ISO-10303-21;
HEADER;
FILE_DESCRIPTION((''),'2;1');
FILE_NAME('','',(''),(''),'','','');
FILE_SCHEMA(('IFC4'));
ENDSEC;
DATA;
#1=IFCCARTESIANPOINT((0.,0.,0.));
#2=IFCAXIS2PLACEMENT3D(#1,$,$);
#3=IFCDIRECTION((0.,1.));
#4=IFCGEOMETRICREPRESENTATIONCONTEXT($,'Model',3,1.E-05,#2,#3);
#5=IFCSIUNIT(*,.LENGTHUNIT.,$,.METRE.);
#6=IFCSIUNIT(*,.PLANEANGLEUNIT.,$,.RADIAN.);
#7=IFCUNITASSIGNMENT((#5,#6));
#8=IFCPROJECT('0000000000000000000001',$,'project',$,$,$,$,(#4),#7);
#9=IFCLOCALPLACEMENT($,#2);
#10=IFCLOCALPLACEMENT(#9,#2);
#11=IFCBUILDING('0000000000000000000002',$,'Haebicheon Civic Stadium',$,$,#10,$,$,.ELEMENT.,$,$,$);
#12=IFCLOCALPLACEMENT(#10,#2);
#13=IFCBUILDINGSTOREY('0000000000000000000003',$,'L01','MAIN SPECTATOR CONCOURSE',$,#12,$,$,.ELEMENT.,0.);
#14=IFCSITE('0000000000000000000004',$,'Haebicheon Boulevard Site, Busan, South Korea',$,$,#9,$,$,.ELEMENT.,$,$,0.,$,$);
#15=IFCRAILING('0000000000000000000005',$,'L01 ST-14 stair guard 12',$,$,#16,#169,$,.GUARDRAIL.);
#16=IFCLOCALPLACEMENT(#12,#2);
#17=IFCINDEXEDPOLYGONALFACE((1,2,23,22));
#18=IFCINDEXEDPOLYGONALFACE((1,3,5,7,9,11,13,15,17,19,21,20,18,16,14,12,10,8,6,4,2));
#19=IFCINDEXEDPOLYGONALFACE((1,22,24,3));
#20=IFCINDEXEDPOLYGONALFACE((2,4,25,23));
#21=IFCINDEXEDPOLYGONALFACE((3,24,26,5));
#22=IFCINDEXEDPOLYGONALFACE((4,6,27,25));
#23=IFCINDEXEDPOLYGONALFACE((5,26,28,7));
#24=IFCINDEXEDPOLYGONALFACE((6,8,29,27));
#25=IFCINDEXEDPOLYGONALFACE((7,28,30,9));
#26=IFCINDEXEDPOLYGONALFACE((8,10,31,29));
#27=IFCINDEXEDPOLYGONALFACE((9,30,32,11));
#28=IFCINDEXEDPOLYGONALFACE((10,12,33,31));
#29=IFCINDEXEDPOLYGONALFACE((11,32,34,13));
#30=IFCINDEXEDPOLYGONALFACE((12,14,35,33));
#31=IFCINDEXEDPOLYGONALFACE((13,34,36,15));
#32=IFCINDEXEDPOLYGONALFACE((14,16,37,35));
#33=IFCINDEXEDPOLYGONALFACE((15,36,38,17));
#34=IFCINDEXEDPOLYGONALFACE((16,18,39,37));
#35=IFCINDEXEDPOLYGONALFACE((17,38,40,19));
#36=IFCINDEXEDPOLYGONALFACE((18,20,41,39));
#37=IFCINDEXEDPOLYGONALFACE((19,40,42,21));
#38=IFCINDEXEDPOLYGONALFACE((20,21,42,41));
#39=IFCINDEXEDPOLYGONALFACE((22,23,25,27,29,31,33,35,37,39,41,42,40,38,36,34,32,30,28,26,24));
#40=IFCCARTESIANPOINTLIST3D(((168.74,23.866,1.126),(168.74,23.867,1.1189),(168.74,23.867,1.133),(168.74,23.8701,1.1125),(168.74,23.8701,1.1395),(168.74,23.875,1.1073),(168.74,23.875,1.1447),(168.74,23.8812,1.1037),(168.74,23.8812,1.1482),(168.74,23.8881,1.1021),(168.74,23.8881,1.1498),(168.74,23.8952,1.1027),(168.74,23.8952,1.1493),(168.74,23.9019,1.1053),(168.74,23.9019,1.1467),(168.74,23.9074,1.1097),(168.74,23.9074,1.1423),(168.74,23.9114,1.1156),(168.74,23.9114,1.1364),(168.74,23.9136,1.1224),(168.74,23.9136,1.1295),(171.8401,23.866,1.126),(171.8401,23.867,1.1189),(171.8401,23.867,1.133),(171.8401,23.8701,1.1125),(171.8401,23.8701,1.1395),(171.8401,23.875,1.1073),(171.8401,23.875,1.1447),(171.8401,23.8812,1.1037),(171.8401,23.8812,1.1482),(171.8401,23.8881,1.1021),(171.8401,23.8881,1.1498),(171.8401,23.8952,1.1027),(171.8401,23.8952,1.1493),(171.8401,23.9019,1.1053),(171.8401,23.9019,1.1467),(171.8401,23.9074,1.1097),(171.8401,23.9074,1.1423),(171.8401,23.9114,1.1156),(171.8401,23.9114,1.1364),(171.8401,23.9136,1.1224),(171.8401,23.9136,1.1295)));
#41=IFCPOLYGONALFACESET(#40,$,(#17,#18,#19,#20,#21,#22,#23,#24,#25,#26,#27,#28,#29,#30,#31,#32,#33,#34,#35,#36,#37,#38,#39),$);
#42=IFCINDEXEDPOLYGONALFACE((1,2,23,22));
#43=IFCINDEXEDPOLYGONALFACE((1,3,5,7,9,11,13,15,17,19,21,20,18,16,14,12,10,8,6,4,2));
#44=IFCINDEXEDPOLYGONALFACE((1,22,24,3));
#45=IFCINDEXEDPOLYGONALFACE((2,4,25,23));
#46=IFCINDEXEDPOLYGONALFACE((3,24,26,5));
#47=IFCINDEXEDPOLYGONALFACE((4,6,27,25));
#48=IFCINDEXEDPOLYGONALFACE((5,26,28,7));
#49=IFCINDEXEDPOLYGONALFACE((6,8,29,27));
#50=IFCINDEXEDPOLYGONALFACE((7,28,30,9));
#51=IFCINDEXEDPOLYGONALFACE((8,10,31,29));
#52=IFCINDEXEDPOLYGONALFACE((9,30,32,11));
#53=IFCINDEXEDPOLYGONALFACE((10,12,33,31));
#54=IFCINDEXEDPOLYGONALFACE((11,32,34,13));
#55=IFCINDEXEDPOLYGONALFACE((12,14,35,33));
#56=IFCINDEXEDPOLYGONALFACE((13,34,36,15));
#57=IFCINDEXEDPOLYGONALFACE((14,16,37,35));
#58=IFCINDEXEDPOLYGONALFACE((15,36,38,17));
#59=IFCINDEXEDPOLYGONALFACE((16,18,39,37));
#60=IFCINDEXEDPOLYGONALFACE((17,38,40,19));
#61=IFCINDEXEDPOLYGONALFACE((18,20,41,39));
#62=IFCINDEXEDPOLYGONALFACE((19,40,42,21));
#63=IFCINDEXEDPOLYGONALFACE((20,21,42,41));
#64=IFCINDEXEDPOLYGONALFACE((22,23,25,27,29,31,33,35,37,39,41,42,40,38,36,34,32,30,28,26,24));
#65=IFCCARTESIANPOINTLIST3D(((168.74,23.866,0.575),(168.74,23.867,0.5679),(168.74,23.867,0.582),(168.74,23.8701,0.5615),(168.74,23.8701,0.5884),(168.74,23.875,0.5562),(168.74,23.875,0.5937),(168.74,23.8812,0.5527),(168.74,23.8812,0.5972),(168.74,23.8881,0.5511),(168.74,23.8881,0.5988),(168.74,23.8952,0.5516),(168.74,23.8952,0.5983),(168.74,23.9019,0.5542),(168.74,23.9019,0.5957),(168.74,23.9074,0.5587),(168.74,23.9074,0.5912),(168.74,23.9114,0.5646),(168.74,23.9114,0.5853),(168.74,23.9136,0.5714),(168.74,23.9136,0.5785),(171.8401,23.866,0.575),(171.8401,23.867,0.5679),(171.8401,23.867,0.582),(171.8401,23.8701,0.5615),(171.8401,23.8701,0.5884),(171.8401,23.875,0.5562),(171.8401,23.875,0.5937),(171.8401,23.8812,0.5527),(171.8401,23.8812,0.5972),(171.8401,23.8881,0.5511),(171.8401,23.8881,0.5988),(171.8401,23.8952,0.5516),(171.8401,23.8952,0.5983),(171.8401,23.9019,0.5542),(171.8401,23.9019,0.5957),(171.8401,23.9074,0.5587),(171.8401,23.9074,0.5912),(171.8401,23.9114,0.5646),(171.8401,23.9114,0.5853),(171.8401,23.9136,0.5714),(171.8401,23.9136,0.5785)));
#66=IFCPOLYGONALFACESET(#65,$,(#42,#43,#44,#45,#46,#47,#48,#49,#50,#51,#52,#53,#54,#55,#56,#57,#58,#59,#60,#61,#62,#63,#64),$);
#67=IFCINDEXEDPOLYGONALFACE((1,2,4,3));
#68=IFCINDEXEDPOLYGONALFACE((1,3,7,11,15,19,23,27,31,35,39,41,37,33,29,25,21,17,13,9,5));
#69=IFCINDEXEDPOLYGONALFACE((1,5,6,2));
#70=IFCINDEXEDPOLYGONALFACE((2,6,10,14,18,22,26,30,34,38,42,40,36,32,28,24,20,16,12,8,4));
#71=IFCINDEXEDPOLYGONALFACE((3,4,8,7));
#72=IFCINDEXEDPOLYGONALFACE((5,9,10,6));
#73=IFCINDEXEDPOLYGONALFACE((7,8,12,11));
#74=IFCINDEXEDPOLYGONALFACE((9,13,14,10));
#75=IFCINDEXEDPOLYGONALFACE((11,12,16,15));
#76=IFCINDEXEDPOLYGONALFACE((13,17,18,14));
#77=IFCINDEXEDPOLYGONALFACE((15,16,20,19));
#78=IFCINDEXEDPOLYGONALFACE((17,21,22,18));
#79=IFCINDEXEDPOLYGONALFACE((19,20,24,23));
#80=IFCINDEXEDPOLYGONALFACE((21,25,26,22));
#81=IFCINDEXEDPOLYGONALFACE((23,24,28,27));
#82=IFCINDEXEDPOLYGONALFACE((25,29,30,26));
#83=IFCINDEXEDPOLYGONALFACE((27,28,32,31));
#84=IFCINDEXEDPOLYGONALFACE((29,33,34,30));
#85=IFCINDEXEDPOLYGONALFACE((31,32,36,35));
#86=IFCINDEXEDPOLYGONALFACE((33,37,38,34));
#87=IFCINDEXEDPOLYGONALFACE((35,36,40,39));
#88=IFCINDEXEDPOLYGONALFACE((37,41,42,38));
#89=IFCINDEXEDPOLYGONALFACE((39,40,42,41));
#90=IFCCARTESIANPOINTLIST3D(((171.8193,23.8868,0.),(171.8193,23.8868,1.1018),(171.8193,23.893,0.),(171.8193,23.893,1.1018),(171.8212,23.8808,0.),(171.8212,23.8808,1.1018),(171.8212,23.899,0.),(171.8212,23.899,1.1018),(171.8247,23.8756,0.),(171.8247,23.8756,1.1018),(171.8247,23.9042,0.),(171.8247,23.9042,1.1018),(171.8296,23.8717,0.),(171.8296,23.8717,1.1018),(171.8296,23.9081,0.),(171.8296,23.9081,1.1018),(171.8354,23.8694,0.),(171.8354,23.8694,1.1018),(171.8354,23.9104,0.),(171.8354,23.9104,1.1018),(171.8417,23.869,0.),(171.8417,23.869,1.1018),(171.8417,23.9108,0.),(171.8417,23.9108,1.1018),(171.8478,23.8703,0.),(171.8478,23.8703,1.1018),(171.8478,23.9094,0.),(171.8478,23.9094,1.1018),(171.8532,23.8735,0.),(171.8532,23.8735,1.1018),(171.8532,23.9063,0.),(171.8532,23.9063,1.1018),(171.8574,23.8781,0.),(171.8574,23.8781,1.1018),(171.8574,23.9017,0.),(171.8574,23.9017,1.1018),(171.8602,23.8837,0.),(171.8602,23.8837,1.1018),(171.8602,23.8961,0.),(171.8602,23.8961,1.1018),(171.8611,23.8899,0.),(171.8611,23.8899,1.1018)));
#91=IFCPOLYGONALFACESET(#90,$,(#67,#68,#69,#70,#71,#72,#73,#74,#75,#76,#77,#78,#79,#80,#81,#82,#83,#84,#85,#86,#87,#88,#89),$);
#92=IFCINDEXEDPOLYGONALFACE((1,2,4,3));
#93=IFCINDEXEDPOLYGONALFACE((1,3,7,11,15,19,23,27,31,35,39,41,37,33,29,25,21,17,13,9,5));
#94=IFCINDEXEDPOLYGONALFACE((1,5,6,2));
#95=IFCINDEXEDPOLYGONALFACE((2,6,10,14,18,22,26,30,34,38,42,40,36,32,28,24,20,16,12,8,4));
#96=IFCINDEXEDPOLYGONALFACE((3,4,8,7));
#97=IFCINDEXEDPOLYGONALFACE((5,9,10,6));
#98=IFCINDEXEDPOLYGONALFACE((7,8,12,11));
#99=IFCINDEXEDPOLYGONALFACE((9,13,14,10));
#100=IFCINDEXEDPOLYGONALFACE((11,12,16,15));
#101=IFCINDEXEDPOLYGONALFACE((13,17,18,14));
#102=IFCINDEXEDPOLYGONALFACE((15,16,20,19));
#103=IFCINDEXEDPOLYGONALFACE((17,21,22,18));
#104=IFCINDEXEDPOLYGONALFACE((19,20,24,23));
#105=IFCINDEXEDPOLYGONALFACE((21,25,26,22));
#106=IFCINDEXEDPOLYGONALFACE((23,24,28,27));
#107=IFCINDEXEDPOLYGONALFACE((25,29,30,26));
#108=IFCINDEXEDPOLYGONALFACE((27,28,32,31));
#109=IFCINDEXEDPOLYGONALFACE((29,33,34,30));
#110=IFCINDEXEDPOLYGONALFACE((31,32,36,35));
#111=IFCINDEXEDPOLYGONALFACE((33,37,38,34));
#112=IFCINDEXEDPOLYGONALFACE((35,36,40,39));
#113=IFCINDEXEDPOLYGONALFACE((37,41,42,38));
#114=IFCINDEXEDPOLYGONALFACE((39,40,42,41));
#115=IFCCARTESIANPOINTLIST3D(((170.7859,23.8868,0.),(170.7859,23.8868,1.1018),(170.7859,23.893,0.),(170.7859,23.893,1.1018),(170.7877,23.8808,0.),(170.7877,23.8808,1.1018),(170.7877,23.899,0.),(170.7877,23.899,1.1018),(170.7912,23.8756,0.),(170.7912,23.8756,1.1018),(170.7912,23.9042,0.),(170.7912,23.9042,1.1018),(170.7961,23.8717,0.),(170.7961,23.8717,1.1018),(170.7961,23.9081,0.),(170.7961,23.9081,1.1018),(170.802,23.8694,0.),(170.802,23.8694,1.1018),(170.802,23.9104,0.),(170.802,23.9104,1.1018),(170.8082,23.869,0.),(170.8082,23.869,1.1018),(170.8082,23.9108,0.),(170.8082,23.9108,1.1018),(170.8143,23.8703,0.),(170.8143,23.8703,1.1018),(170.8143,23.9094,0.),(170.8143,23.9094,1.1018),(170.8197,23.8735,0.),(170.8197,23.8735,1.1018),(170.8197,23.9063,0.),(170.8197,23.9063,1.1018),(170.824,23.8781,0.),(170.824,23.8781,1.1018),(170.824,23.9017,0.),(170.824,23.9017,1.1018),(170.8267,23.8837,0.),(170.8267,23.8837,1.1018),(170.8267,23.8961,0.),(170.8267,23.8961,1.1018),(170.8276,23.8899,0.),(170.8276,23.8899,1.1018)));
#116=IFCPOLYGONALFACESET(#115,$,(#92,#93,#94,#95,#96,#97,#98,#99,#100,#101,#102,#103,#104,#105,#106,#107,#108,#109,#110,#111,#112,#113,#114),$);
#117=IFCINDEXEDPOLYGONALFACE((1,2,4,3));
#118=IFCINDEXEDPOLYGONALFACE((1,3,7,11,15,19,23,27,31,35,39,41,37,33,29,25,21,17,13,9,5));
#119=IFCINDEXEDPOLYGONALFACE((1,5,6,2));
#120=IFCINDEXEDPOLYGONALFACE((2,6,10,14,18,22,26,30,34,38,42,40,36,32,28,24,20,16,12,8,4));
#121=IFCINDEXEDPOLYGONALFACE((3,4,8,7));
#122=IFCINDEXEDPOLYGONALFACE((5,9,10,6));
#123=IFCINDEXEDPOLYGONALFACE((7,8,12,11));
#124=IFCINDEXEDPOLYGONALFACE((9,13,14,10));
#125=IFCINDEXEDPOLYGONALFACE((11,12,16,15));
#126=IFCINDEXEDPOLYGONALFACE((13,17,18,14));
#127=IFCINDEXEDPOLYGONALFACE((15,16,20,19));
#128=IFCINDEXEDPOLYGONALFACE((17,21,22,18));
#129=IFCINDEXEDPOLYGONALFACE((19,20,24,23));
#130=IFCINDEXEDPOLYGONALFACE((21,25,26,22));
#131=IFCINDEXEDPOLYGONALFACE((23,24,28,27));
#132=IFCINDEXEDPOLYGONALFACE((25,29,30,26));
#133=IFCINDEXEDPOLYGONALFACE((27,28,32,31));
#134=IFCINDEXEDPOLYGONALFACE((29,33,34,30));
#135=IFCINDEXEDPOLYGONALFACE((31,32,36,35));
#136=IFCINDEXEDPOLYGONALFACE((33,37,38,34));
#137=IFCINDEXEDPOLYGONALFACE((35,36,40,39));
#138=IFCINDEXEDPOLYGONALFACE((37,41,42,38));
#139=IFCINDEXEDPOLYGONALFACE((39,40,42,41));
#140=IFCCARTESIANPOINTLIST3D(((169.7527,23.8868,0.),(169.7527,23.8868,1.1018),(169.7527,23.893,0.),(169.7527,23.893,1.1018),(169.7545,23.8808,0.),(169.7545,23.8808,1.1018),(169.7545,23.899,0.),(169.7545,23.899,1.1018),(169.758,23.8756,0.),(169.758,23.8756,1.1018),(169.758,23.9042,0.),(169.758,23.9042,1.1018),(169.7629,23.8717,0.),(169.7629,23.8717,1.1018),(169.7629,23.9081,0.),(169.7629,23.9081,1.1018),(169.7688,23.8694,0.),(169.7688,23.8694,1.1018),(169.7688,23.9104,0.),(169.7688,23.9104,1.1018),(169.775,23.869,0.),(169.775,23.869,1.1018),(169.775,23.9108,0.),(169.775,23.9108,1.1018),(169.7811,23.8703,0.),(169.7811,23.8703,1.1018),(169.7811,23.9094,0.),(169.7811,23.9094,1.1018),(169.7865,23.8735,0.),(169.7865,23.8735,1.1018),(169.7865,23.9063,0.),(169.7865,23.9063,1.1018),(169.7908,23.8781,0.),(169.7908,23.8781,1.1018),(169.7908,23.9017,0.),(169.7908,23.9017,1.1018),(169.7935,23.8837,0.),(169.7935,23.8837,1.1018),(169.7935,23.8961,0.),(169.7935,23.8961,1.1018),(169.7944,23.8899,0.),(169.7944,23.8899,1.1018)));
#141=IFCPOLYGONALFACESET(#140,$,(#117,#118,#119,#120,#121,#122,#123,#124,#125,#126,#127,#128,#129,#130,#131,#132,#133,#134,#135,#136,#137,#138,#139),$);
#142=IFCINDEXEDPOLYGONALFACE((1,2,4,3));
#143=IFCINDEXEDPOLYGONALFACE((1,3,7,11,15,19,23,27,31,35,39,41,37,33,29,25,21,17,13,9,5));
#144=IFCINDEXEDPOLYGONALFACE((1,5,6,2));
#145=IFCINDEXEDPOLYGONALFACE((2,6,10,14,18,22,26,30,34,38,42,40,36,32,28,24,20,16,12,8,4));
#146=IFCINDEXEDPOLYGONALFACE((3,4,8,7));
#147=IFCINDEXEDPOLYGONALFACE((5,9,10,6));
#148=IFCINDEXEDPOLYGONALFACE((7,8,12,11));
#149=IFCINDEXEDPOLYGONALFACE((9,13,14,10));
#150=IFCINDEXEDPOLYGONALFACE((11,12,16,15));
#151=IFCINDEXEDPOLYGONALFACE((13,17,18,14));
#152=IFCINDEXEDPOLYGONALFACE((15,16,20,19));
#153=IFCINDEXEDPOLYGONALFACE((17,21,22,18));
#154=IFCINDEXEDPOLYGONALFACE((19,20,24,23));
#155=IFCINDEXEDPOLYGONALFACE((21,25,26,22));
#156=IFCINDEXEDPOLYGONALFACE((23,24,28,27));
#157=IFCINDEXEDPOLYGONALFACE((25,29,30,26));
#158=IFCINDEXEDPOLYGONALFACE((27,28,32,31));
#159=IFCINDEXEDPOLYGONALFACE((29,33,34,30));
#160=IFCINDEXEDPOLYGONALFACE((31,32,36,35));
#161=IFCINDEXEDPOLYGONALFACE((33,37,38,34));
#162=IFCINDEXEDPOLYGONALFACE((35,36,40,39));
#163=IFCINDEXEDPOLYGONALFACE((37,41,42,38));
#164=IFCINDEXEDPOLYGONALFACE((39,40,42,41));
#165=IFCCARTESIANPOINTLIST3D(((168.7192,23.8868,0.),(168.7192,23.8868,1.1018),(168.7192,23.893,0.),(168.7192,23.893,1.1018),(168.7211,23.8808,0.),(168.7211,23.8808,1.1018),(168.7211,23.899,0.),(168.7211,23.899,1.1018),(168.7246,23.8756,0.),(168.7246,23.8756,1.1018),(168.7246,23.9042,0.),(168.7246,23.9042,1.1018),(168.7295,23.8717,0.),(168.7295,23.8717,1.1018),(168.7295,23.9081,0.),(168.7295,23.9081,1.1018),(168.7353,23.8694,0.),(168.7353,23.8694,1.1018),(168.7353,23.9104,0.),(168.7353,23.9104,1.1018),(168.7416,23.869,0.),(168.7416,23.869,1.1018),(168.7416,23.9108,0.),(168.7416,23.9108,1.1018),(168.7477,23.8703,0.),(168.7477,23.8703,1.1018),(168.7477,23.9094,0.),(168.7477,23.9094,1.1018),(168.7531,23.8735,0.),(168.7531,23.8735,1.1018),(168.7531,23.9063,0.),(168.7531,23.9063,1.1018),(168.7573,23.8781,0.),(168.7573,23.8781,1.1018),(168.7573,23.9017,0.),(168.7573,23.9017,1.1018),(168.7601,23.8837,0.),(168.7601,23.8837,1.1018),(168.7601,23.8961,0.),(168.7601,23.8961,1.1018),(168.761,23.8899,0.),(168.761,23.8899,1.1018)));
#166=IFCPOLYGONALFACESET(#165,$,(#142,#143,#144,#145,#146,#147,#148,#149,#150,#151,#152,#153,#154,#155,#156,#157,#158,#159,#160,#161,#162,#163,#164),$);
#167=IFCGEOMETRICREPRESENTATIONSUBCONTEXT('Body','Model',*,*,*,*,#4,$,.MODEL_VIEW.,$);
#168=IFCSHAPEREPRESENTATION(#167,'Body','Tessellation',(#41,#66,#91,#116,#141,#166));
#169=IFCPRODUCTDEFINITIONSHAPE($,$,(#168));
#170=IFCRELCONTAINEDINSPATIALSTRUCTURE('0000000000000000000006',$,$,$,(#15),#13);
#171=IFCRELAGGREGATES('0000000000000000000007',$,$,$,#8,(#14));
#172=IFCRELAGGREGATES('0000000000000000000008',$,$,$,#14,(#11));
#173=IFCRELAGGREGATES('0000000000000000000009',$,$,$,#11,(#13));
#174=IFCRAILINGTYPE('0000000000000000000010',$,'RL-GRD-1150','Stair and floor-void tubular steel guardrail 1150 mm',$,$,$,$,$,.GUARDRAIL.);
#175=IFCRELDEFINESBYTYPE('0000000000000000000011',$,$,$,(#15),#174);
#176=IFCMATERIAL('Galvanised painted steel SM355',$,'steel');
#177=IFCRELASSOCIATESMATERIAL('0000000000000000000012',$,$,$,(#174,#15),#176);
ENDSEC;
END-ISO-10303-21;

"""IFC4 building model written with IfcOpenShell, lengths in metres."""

from ifc_helpers import new_model, si_unit, direction, frame, origin, origin_2d, place, context, subcontext, project, spatial, circle, extrude, material, type_object, element, save


model = new_model("IFC4")

# Units and contexts
model_context = context("Model", 3, precision=1e-05, world=origin(), true_north=direction((0.0, 1.0)))
body_context = subcontext(model_context, "Body", "Model", "MODEL_VIEW")
ifc_project = project(units=[si_unit("LENGTHUNIT", "METRE"), si_unit("PLANEANGLEUNIT", "RADIAN")], contexts=[model_context])

# Site, building, storey
site_placement = place(None, origin())
site = spatial("IfcSite", under=ifc_project, at=site_placement, Name="Haebicheon Boulevard Site, Busan, South Korea", CompositionType="ELEMENT", RefElevation=0.0)
building_placement = place(site_placement, origin())
building = spatial("IfcBuilding", under=site, at=building_placement, Name="Haebicheon Civic Stadium", CompositionType="ELEMENT")
storey_placement = place(building_placement, origin())
storey = spatial("IfcBuildingStorey", under=building, at=storey_placement, Name="L01", Description="MAIN SPECTATOR CONCOURSE", CompositionType="ELEMENT", Elevation=0.0)

# Railing
ifc_material_1 = material(Name="Galvanised painted steel SM355", Category="steel")
railing_type_1 = type_object("IfcRailingType", Name="RL-GRD-1150", Description="Stair and floor-void tubular steel guardrail 1150 mm", PredefinedType="GUARDRAIL", material=ifc_material_1)
railing_1_placement = place(storey_placement, frame((171.8401, 23.8899, 0.0)))
element("IfcRailing", 1, at=railing_1_placement, inside=storey, type_object=railing_type_1, material=ifc_material_1, Name="L01 ST-14 stair guard 12", PredefinedType="GUARDRAIL", context=body_context, shape_type="SweptSolid", body=[
    extrude(circle(Radius=0.0239, at=origin_2d()), frame((0.0, 0.0, 1.126), z_axis=(-1.0, 0.0, 0.0), x_axis=(0.0, -1.0, 0.0)), (0.0, 0.0, 1.0), 3.1001),
    extrude(circle(Radius=0.0239, at=origin_2d()), frame((0.0, 0.0, 0.575), z_axis=(-1.0, 0.0, 0.0), x_axis=(0.0, -1.0, 0.0)), (0.0, 0.0, 1.0), 3.1001),
    extrude(circle(Radius=0.021, at=origin_2d()), origin(), (0.0, 0.0, 1.0), 1.1018),
    extrude(circle(Radius=0.021, at=origin_2d()), frame((-1.0334, 0.0, 0.0)), (0.0, 0.0, 1.0), 1.1018),
    extrude(circle(Radius=0.021, at=origin_2d()), frame((-2.0667, 0.0, 0.0)), (0.0, 0.0, 1.0), 1.1018),
    extrude(circle(Radius=0.021, at=origin_2d()), frame((-3.1001, 0.0, 0.0)), (0.0, 0.0, 1.0), 1.1018),
])

save(model, "model.ifc")
